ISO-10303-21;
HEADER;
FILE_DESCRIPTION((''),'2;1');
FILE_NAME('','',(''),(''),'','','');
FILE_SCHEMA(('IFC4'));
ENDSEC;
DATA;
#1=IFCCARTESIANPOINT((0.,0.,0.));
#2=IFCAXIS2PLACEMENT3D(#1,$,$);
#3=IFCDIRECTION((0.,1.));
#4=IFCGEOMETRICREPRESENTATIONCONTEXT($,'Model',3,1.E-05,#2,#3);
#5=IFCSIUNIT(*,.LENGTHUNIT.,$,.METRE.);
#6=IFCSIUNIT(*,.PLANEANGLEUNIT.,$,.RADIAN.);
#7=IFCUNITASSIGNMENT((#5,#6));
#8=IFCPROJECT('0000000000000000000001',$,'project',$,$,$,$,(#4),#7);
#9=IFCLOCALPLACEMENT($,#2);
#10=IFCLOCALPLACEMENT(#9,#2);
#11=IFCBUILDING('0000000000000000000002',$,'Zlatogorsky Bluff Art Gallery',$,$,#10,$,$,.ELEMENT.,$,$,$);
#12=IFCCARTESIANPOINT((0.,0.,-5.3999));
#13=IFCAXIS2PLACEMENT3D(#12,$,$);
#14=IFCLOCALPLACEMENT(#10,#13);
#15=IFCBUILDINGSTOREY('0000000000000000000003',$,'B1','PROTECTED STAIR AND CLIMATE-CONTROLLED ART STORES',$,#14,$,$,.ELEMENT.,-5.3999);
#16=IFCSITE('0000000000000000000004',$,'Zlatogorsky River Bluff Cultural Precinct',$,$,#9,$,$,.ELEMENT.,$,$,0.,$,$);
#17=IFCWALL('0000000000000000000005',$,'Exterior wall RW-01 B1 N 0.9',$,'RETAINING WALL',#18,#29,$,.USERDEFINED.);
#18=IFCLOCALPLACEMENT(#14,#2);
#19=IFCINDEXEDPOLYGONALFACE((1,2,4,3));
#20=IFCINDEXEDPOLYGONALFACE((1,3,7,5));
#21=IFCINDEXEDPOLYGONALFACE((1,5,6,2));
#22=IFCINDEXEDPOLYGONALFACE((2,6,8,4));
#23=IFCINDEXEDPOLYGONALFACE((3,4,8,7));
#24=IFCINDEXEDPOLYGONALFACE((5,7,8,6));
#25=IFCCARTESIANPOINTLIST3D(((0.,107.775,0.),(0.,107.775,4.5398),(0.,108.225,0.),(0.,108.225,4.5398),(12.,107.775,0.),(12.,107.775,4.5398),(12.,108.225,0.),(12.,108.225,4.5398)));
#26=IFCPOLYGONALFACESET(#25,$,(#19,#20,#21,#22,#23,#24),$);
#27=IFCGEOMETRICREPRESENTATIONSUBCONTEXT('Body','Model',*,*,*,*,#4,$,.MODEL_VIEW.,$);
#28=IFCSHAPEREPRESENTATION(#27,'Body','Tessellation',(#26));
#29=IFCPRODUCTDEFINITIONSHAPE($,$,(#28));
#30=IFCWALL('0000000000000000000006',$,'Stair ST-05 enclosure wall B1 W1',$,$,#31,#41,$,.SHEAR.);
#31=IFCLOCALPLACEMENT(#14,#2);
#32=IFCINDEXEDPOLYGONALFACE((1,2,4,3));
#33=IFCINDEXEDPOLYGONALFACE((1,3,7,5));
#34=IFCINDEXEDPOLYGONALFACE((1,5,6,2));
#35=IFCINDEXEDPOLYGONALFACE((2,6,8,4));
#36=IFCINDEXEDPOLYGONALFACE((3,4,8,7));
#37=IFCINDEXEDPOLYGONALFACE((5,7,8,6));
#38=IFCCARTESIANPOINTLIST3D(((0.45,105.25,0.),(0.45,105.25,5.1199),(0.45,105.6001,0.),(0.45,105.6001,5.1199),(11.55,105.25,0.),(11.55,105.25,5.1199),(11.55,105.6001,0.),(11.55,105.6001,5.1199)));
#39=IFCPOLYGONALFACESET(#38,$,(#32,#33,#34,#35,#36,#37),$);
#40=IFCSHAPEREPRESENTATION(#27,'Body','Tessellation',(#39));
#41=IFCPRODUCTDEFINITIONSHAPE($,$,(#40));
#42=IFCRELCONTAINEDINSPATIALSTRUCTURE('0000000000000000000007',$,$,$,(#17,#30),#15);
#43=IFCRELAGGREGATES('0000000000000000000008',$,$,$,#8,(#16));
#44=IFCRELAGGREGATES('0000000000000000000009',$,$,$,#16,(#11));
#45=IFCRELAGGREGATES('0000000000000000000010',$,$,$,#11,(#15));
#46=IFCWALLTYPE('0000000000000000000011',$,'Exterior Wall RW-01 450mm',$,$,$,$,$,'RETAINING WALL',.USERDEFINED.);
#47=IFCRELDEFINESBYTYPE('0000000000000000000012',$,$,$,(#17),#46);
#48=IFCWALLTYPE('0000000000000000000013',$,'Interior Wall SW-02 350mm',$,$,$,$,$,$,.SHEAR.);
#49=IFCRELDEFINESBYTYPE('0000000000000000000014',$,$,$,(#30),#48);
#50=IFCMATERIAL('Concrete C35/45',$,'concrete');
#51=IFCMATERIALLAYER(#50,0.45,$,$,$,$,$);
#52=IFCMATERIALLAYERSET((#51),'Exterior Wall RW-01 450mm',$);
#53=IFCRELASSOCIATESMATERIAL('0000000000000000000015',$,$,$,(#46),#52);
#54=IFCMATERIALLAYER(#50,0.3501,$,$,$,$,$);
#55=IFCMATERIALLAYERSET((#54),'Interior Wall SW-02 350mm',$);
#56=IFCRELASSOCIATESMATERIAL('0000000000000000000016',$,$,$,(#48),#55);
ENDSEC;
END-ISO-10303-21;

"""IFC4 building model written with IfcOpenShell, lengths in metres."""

from ifc_helpers import new_model, si_unit, direction, frame, frame_2d, origin, place, context, subcontext, project, spatial, rectangle, extrude, material, layer, layer_set, type_object, element, save


model = new_model("IFC4")

# Units and contexts
model_context = context("Model", 3, precision=1e-05, world=origin(), true_north=direction((0.0, 1.0)))
body_context = subcontext(model_context, "Body", "Model", "MODEL_VIEW")
ifc_project = project(units=[si_unit("LENGTHUNIT", "METRE"), si_unit("PLANEANGLEUNIT", "RADIAN")], contexts=[model_context])

# Site, building, storey
site_placement = place(None, origin())
site = spatial("IfcSite", under=ifc_project, at=site_placement, Name="Zlatogorsky River Bluff Cultural Precinct", CompositionType="ELEMENT", RefElevation=0.0)
building_placement = place(site_placement, origin())
building = spatial("IfcBuilding", under=site, at=building_placement, Name="Zlatogorsky Bluff Art Gallery", CompositionType="ELEMENT")
storey_placement = place(building_placement, frame((0.0, 0.0, -5.3999)))
storey = spatial("IfcBuildingStorey", under=building, at=storey_placement, Name="B1", Description="PROTECTED STAIR AND CLIMATE-CONTROLLED ART STORES", CompositionType="ELEMENT", Elevation=-5.3999)

# Shared definitions
ifc_material_1 = material(Name="Concrete C35/45", Category="concrete")

# Walls
ifc_layer_1 = layer(ifc_material_1, 0.45)
ifc_layer_set_1 = layer_set([ifc_layer_1], Name="Exterior Wall RW-01 450mm")
wall_type_1 = type_object("IfcWallType", Name="Exterior Wall RW-01 450mm", ElementType="RETAINING WALL", PredefinedType="USERDEFINED", material=ifc_layer_set_1)
wall_1_placement = place(storey_placement, frame((12.0, 108.0, 0.0), z_axis=(0.0, 0.0, 1.0), x_axis=(-1.0, 0.0, 0.0)))
element("IfcWall", 1, at=wall_1_placement, inside=storey, type_object=wall_type_1, Name="Exterior wall RW-01 B1 N 0.9", ObjectType="RETAINING WALL", PredefinedType="USERDEFINED", context=body_context, shape_type="SweptSolid", body=[
    extrude(rectangle(XDim=12.0, YDim=0.45, at=frame_2d((6.0, 0.0))), origin(), (0.0, 0.0, 1.0), 4.5398),
])
ifc_layer_2 = layer(ifc_material_1, 0.3501)
ifc_layer_set_2 = layer_set([ifc_layer_2], Name="Interior Wall SW-02 350mm")
wall_type_2 = type_object("IfcWallType", Name="Interior Wall SW-02 350mm", PredefinedType="SHEAR", material=ifc_layer_set_2)
wall_2_placement = place(storey_placement, frame((11.55, 105.425, 0.0), z_axis=(0.0, 0.0, 1.0), x_axis=(-1.0, 0.0, 0.0)))
element("IfcWall", 2, at=wall_2_placement, inside=storey, type_object=wall_type_2, Name="Stair ST-05 enclosure wall B1 W1", PredefinedType="SHEAR", context=body_context, shape_type="SweptSolid", body=[
    extrude(rectangle(XDim=11.1001, YDim=0.3501, at=frame_2d((5.55, 0.0))), origin(), (0.0, 0.0, 1.0), 5.1199),
])

save(model, "model.ifc")
